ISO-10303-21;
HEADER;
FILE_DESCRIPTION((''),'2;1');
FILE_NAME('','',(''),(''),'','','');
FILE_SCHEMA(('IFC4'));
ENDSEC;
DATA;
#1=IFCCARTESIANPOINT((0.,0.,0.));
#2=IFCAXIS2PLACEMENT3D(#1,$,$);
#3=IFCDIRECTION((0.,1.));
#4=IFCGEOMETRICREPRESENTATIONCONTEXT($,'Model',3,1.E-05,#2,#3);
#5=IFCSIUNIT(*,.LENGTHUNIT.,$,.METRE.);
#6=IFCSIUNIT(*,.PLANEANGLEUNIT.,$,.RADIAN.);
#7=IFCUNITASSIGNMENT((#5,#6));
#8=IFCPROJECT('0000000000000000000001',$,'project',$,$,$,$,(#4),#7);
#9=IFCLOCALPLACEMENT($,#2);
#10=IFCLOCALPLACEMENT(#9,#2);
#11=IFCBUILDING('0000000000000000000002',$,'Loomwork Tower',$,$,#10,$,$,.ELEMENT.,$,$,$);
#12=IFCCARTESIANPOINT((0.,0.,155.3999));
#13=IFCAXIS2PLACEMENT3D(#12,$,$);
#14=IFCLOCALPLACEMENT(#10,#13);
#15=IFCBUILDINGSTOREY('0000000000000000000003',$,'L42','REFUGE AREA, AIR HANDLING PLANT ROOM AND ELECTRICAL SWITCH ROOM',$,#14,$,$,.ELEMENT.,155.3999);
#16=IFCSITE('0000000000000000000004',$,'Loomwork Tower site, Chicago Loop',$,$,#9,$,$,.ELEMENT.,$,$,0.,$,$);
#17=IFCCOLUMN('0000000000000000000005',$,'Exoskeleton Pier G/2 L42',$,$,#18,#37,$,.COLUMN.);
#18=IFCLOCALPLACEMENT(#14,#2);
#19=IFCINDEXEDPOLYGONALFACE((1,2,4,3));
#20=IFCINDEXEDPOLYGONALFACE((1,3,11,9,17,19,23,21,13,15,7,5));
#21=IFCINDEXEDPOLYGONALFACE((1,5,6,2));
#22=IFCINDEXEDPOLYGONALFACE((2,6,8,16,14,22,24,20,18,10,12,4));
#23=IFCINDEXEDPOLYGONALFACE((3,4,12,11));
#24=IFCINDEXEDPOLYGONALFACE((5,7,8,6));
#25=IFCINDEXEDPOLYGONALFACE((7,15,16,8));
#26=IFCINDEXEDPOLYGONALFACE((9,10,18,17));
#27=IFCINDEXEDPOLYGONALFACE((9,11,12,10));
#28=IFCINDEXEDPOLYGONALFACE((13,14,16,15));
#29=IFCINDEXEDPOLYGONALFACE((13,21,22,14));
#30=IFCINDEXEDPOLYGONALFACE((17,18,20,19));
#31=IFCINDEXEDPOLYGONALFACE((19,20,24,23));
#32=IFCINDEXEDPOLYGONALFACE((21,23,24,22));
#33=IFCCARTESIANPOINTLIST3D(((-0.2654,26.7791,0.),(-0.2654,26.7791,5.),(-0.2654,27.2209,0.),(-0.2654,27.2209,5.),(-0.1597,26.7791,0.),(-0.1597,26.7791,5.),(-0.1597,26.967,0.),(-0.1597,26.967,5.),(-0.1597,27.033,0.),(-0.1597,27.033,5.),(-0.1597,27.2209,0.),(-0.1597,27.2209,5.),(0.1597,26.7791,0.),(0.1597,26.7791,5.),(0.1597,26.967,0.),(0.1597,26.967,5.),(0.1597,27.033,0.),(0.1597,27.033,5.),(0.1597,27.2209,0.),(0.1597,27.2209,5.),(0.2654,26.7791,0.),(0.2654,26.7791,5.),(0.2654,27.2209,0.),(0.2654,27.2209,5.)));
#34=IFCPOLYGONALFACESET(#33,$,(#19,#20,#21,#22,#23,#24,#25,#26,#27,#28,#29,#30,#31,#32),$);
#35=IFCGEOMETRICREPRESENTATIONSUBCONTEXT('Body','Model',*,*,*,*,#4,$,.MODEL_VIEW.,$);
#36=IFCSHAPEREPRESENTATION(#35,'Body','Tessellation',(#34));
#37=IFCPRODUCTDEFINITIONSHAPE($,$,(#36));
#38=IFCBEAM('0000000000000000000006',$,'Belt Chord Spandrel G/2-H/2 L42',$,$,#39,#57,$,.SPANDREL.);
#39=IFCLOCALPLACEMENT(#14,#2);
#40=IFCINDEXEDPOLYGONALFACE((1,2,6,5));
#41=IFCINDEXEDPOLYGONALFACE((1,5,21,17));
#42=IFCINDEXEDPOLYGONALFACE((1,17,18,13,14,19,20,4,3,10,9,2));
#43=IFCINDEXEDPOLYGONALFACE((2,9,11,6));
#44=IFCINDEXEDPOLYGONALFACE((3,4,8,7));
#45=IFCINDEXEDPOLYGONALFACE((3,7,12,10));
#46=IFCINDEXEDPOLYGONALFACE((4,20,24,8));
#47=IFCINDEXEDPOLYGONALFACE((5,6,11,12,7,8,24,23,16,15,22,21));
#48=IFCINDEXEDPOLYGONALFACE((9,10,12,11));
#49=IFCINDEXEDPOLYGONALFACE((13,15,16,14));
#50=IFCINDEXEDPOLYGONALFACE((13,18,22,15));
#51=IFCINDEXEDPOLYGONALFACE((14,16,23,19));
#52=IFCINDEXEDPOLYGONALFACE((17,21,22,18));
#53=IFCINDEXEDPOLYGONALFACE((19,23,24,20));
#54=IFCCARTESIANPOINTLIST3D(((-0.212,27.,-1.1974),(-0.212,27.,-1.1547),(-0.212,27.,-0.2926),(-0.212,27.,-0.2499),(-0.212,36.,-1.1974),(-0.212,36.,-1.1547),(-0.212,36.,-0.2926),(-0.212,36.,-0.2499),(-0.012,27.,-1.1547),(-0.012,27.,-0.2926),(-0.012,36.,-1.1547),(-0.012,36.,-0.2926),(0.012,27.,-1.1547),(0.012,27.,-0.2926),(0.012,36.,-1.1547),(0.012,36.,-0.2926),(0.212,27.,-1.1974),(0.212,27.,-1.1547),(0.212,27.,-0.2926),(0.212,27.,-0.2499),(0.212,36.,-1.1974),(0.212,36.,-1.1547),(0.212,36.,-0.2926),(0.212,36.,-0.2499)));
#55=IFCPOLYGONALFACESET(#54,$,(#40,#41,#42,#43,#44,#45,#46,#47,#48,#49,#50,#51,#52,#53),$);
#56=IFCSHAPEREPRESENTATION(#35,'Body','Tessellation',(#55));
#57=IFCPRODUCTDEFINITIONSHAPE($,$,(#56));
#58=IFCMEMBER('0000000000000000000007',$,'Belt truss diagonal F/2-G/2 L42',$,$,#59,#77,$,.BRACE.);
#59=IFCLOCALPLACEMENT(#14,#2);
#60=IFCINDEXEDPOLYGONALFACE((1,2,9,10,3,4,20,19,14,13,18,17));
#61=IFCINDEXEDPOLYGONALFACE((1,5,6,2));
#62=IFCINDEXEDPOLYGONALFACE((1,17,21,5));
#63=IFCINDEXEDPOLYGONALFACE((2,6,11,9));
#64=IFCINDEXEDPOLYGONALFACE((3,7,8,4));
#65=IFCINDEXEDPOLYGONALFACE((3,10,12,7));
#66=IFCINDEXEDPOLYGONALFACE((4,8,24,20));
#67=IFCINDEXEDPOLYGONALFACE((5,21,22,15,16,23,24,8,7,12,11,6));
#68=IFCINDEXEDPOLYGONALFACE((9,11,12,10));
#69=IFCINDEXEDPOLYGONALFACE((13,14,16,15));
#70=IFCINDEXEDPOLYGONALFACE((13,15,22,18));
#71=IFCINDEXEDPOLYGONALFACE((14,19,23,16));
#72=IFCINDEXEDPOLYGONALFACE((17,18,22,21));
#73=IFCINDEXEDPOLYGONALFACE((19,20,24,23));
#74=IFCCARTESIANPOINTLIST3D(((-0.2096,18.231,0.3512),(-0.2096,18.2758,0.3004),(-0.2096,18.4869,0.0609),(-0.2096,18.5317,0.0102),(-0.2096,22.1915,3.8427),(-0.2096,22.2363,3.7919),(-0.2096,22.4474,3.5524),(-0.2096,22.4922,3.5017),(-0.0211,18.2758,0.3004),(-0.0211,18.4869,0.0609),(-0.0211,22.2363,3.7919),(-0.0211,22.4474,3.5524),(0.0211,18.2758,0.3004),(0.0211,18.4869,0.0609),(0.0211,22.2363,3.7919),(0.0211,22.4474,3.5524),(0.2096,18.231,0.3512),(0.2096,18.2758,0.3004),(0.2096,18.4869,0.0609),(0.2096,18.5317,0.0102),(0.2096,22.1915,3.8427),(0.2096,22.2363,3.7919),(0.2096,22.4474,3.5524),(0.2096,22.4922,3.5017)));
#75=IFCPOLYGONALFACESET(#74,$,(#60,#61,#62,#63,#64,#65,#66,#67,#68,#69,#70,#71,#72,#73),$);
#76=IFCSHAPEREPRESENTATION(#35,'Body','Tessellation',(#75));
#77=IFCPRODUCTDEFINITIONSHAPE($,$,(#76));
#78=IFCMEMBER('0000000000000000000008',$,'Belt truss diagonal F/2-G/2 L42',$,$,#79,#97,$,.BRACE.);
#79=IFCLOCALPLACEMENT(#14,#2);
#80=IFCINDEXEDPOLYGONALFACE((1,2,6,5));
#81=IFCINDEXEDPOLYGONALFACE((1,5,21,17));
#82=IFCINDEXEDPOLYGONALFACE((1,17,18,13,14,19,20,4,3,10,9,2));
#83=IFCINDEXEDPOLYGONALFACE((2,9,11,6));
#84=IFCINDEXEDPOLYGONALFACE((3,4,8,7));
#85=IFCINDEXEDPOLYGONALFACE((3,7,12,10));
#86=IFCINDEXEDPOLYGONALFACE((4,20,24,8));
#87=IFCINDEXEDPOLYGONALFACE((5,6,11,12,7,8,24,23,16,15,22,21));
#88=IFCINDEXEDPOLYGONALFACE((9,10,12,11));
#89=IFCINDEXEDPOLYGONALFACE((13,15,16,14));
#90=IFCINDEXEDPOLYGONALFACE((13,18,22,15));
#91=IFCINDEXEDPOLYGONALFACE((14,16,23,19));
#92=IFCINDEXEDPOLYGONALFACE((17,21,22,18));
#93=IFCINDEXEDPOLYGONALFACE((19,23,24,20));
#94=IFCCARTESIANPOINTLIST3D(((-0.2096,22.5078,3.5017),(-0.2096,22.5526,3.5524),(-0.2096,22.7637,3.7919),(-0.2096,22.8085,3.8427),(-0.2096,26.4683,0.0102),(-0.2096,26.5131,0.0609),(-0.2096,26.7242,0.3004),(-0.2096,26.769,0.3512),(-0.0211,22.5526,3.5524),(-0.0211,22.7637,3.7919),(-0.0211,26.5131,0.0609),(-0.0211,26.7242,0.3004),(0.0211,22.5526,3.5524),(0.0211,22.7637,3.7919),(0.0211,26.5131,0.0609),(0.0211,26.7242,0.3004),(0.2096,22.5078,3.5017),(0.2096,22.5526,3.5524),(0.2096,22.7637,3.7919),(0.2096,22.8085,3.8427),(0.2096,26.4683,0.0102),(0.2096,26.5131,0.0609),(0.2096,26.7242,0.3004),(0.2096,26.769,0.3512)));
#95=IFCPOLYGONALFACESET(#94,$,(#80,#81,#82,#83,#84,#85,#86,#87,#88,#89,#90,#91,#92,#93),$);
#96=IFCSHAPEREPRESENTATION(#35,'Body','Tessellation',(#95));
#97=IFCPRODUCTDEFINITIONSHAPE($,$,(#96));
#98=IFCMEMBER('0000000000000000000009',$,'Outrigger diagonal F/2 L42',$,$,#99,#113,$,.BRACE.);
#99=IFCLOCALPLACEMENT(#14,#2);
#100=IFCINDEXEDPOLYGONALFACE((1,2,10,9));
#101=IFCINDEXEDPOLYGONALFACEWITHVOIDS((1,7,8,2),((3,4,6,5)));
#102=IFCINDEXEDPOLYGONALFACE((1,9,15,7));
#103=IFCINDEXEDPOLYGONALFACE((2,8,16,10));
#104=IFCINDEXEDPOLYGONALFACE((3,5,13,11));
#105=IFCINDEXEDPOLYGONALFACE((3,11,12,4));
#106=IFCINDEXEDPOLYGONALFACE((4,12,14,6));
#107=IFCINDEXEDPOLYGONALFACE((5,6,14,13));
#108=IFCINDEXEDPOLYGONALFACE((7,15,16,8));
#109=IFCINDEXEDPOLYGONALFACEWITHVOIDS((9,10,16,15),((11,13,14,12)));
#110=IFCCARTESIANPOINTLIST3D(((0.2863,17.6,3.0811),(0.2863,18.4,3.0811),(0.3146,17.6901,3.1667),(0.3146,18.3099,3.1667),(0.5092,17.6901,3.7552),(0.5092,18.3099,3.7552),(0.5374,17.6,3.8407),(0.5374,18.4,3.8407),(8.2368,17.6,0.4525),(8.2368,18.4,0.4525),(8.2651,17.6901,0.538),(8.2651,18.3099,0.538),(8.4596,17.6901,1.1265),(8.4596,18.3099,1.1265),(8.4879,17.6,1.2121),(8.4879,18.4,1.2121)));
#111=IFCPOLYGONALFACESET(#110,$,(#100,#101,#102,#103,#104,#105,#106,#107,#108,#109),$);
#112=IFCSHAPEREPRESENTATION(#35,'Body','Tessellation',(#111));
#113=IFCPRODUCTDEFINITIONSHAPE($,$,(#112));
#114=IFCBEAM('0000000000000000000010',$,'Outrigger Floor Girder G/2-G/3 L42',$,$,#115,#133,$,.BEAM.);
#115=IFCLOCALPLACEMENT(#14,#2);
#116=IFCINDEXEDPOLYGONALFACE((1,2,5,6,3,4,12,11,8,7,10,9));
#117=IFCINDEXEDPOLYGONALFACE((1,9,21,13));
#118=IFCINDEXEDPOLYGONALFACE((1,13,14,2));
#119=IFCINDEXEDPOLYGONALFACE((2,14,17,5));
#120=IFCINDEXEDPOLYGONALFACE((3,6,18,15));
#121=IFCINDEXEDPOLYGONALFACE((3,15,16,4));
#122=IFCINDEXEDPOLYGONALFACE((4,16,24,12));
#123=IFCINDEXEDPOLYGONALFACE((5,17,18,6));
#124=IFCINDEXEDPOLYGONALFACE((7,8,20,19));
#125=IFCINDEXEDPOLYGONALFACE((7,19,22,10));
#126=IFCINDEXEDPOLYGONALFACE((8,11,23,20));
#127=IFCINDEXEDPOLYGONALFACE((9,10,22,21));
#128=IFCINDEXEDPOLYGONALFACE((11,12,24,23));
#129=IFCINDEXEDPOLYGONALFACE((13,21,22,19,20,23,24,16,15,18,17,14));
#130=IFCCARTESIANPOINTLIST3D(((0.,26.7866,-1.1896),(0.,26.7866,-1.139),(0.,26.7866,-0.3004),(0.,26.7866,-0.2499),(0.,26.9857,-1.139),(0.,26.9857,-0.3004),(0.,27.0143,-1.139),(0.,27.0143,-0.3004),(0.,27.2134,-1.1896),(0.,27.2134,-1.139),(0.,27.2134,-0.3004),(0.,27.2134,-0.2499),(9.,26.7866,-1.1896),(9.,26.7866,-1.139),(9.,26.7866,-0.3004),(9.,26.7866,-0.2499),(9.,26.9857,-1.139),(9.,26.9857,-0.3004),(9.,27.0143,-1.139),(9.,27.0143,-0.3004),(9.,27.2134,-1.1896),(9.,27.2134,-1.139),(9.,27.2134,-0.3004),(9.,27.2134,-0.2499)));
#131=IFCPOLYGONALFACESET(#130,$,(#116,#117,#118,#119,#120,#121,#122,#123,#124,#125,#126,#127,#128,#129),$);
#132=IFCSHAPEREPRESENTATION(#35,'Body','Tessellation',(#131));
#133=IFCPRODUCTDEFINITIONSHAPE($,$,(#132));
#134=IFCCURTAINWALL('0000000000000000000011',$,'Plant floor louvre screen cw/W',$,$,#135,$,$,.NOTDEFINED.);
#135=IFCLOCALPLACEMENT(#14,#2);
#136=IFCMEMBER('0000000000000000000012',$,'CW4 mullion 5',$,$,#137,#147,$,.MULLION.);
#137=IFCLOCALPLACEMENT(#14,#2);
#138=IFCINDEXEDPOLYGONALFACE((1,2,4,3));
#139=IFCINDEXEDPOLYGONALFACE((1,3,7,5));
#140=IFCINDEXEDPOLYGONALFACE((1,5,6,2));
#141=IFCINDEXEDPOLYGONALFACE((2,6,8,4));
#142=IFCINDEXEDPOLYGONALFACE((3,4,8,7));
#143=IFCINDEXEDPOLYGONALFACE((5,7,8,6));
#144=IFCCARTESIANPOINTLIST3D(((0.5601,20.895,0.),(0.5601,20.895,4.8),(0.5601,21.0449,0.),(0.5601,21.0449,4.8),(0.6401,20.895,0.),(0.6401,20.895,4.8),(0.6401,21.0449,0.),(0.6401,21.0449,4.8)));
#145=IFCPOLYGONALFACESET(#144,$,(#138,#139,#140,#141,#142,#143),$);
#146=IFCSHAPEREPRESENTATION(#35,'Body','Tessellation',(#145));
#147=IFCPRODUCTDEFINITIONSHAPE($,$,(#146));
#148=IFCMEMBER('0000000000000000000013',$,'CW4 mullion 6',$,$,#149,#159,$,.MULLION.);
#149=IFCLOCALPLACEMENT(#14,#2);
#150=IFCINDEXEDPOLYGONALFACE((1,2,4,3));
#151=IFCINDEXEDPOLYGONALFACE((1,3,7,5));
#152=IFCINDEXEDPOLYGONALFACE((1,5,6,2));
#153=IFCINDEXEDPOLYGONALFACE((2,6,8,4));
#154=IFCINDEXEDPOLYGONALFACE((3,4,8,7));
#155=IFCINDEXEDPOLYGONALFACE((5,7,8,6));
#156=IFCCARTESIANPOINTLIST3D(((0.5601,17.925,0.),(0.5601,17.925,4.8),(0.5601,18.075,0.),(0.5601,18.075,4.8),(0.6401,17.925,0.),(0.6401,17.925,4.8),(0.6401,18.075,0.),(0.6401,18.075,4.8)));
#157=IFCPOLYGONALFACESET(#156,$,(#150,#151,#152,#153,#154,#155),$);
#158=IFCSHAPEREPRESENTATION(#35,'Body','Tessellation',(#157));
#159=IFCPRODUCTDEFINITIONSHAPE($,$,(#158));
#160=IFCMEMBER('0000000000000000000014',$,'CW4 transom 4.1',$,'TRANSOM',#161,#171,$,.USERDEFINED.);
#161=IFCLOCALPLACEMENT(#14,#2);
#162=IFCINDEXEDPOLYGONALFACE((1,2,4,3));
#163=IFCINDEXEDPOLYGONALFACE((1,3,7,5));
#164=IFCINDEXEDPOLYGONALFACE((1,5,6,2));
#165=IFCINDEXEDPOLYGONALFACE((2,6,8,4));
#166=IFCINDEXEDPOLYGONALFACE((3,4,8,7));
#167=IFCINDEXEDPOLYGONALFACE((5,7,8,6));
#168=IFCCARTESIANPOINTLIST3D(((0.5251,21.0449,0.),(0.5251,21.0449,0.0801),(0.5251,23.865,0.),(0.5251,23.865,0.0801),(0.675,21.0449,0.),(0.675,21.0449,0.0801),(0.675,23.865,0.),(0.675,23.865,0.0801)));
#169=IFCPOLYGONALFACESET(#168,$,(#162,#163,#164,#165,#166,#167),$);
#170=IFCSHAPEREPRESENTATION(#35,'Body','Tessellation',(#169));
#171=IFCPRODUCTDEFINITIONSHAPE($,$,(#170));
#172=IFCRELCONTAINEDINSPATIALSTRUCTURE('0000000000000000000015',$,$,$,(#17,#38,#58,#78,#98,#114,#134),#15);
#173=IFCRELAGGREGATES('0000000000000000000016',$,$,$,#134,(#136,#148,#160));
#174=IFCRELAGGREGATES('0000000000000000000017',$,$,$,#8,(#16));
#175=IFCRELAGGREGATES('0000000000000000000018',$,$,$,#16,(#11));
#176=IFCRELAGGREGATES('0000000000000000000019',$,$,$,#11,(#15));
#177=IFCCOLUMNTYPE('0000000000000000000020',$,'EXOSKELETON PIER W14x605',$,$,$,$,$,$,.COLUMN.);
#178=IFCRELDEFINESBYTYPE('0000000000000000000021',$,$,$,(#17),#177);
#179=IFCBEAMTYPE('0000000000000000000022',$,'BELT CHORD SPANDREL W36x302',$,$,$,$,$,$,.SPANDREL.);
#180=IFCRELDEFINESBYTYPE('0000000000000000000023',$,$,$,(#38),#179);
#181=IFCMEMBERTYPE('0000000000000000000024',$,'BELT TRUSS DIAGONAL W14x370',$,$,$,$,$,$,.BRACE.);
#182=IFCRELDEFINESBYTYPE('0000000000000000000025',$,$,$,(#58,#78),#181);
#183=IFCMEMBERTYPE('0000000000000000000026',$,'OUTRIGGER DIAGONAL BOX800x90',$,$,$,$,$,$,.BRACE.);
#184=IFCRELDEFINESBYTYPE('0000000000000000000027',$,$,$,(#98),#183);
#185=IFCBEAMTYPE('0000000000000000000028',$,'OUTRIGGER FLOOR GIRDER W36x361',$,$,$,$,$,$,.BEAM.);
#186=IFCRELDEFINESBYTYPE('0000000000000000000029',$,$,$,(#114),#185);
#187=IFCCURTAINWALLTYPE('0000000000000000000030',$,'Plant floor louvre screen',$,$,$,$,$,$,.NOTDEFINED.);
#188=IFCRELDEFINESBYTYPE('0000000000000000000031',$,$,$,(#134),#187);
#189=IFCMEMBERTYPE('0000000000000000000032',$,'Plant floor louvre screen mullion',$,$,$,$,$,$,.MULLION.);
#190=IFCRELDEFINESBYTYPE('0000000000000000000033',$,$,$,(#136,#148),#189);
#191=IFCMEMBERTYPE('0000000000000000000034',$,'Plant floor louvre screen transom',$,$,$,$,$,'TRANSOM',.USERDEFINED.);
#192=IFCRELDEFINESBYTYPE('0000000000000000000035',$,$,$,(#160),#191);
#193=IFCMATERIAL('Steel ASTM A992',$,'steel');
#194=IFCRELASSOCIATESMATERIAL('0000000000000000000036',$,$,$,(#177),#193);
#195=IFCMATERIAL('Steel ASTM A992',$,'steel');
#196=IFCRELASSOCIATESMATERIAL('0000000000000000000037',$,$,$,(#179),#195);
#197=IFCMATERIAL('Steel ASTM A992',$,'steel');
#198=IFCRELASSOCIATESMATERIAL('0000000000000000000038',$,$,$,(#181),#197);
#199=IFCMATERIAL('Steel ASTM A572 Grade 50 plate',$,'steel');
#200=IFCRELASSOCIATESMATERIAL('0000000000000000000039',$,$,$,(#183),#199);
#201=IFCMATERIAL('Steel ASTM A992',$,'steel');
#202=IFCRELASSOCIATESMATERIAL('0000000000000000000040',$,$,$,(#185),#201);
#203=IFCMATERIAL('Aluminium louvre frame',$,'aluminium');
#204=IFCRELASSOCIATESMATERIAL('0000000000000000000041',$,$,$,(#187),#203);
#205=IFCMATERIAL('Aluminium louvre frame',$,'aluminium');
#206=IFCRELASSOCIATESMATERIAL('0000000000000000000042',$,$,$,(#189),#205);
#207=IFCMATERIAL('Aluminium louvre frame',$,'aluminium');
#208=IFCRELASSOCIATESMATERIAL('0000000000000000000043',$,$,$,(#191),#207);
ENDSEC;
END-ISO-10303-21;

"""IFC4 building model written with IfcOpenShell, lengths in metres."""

from ifc_helpers import new_model, si_unit, direction, frame, origin, origin_2d, place, context, subcontext, project, spatial, rectangle, hollow_rectangle, i_section, extrude, material, material_profile, profile_set, type_object, element, aggregate, save


model = new_model("IFC4")

# Units and contexts
model_context = context("Model", 3, precision=1e-05, world=origin(), true_north=direction((0.0, 1.0)))
body_context = subcontext(model_context, "Body", "Model", "MODEL_VIEW")
ifc_project = project(units=[si_unit("LENGTHUNIT", "METRE"), si_unit("PLANEANGLEUNIT", "RADIAN")], contexts=[model_context])

# Site, building, storey
site_placement = place(None, origin())
site = spatial("IfcSite", under=ifc_project, at=site_placement, Name="Loomwork Tower site, Chicago Loop", CompositionType="ELEMENT", RefElevation=0.0)
building_placement = place(site_placement, origin())
building = spatial("IfcBuilding", under=site, at=building_placement, Name="Loomwork Tower", CompositionType="ELEMENT")
storey_placement = place(building_placement, frame((0.0, 0.0, 155.3999)))
storey = spatial("IfcBuildingStorey", under=building, at=storey_placement, Name="L42", Description="REFUGE AREA, AIR HANDLING PLANT ROOM AND ELECTRICAL SWITCH ROOM", CompositionType="ELEMENT", Elevation=155.3999)

# Column
ifc_material_1 = material(Name="Steel ASTM A992", Category="steel")
ifc_material_profile_1 = material_profile(ifc_material_1, i_section(OverallWidth=0.4419, OverallDepth=0.5308, WebThickness=0.0659, FlangeThickness=0.1057, at=origin_2d()), Name="W14x605")
ifc_profile_set_1 = profile_set([ifc_material_profile_1], Name="Steel ASTM A992")
column_type = type_object("IfcColumnType", Name="EXOSKELETON PIER W14x605", PredefinedType="COLUMN", material=ifc_profile_set_1)
column_placement = place(storey_placement, frame((0.0, 27.0, 0.0), z_axis=(0.0, 0.0, 1.0), x_axis=(0.0, 1.0, 0.0)))
element("IfcColumn", 1, at=column_placement, inside=storey, type_object=column_type, Name="Exoskeleton Pier G/2 L42", PredefinedType="COLUMN", context=body_context, shape_type="SweptSolid", body=[
    extrude(i_section(OverallWidth=0.4419, OverallDepth=0.5308, WebThickness=0.0659, FlangeThickness=0.1057, at=origin_2d()), origin(), (0.0, 0.0, 1.0), 5.0),
])

# Beam
ifc_material_2 = material(Name="Steel ASTM A992", Category="steel")
ifc_material_profile_2 = material_profile(ifc_material_2, i_section(OverallWidth=0.4241, OverallDepth=0.9475, WebThickness=0.0239, FlangeThickness=0.0427, at=origin_2d()), Name="W36x302")
ifc_profile_set_2 = profile_set([ifc_material_profile_2], Name="Steel ASTM A992")
beam_type_1 = type_object("IfcBeamType", Name="BELT CHORD SPANDREL W36x302", PredefinedType="SPANDREL", material=ifc_profile_set_2)
beam_1_placement = place(storey_placement, frame((0.0, 27.0, -0.7236), z_axis=(0.0, 1.0, 0.0), x_axis=(-1.0, 0.0, 0.0)))
element("IfcBeam", 2, at=beam_1_placement, inside=storey, type_object=beam_type_1, Name="Belt Chord Spandrel G/2-H/2 L42", PredefinedType="SPANDREL", context=body_context, shape_type="SweptSolid", body=[
    extrude(i_section(OverallWidth=0.4241, OverallDepth=0.9475, WebThickness=0.0239, FlangeThickness=0.0427, at=origin_2d()), origin(), (0.0, 0.0, 1.0), 9.0),
])

# Members
ifc_material_3 = material(Name="Steel ASTM A992", Category="steel")
ifc_material_profile_3 = material_profile(ifc_material_3, i_section(OverallWidth=0.4192, OverallDepth=0.4546, WebThickness=0.0422, FlangeThickness=0.0676, at=origin_2d()), Name="W14x370")
ifc_profile_set_3 = profile_set([ifc_material_profile_3], Name="Steel ASTM A992")
member_type_1 = type_object("IfcMemberType", Name="BELT TRUSS DIAGONAL W14x370", PredefinedType="BRACE", material=ifc_profile_set_3)
for number, where, z_axis, x_axis, name in (
    (3, (0.0, 18.3813, 0.1807), (0.0, 0.750125, 0.661296), (-1.0, 0.0, 0.0), "Belt truss diagonal F/2-G/2 L42"),
    (4, (0.0, 26.6187, 0.1807), (0.0, -0.750125, 0.661296), (1.0, 0.0, 0.0), "Belt truss diagonal F/2-G/2 L42"),
):
    element("IfcMember", number, at=place(storey_placement, frame(where, z_axis=z_axis, x_axis=x_axis)), inside=storey, type_object=member_type_1, Name=name, PredefinedType="BRACE", context=body_context, shape_type="SweptSolid", body=[
        extrude(i_section(OverallWidth=0.4192, OverallDepth=0.4546, WebThickness=0.0422, FlangeThickness=0.0676, at=origin_2d()), origin(), (0.0, 0.0, 1.0), 5.2798),
    ])
ifc_material_4 = material(Name="Steel ASTM A572 Grade 50 plate", Category="steel")
ifc_material_profile_4 = material_profile(ifc_material_4, hollow_rectangle(XDim=0.8, YDim=0.8, WallThickness=0.0901, at=origin_2d()), Name="BOX800x90")
ifc_profile_set_4 = profile_set([ifc_material_profile_4], Name="Steel ASTM A572 Grade 50 plate")
member_type_2 = type_object("IfcMemberType", Name="OUTRIGGER DIAGONAL BOX800x90", PredefinedType="BRACE", material=ifc_profile_set_4)
member_1_placement = place(storey_placement, frame((0.4119, 18.0, 3.4609), z_axis=(0.94945, 0.0, -0.313918), x_axis=(0.0, 1.0, 0.0)))
element("IfcMember", 5, at=member_1_placement, inside=storey, type_object=member_type_2, Name="Outrigger diagonal F/2 L42", PredefinedType="BRACE", context=body_context, shape_type="SweptSolid", body=[
    extrude(hollow_rectangle(XDim=0.8, YDim=0.8, WallThickness=0.0901, at=origin_2d()), origin(), (0.0, 0.0, 1.0), 8.3738),
])

# Beam
ifc_material_5 = material(Name="Steel ASTM A992", Category="steel")
ifc_material_profile_5 = material_profile(ifc_material_5, i_section(OverallWidth=0.4268, OverallDepth=0.9397, WebThickness=0.0286, FlangeThickness=0.0505, at=origin_2d()), Name="W36x361")
ifc_profile_set_5 = profile_set([ifc_material_profile_5], Name="Steel ASTM A992")
beam_type_2 = type_object("IfcBeamType", Name="OUTRIGGER FLOOR GIRDER W36x361", PredefinedType="BEAM", material=ifc_profile_set_5)
beam_2_placement = place(storey_placement, frame((0.0, 27.0, -0.7197), z_axis=(1.0, 0.0, 0.0), x_axis=(0.0, 1.0, 0.0)))
element("IfcBeam", 6, at=beam_2_placement, inside=storey, type_object=beam_type_2, Name="Outrigger Floor Girder G/2-G/3 L42", PredefinedType="BEAM", context=body_context, shape_type="SweptSolid", body=[
    extrude(i_section(OverallWidth=0.4268, OverallDepth=0.9397, WebThickness=0.0286, FlangeThickness=0.0505, at=origin_2d()), origin(), (0.0, 0.0, 1.0), 9.0),
])

# Curtain wall, members
ifc_material_6 = material(Name="Aluminium louvre frame", Category="aluminium")
curtain_wall_type = type_object("IfcCurtainWallType", Name="Plant floor louvre screen", PredefinedType="NOTDEFINED", material=ifc_material_6)
curtain_wall_placement = place(storey_placement, origin())
curtain_wall = element("IfcCurtainWall", 7, at=curtain_wall_placement, inside=storey, type_object=curtain_wall_type, Name="Plant floor louvre screen cw/W", PredefinedType="NOTDEFINED")
ifc_material_7 = material(Name="Aluminium louvre frame", Category="aluminium")
ifc_material_profile_6 = material_profile(ifc_material_7, rectangle(XDim=0.0801, YDim=0.1499, at=origin_2d()), Name="AL 80x150")
ifc_profile_set_6 = profile_set([ifc_material_profile_6], Name="Aluminium louvre frame")
member_type_3 = type_object("IfcMemberType", Name="Plant floor louvre screen mullion", PredefinedType="MULLION", material=ifc_profile_set_6)
member_2_placement = place(storey_placement, frame((0.6001, 20.97, 0.0), z_axis=(0.0, 0.0, 1.0), x_axis=(1.0, 0.0, 0.0)))
member_2 = element("IfcMember", 8, at=member_2_placement, type_object=member_type_3, Name="CW4 mullion 5", PredefinedType="MULLION", context=body_context, shape_type="SweptSolid", body=[
    extrude(rectangle(XDim=0.0801, YDim=0.1499, at=origin_2d()), origin(), (0.0, 0.0, 1.0), 4.8),
])
member_3_placement = place(storey_placement, frame((0.6001, 18.0, 0.0), z_axis=(0.0, 0.0, 1.0), x_axis=(1.0, 0.0, 0.0)))
member_3 = element("IfcMember", 9, at=member_3_placement, type_object=member_type_3, Name="CW4 mullion 6", PredefinedType="MULLION", context=body_context, shape_type="SweptSolid", body=[
    extrude(rectangle(XDim=0.0801, YDim=0.1499, at=origin_2d()), origin(), (0.0, 0.0, 1.0), 4.8),
])
ifc_material_8 = material(Name="Aluminium louvre frame", Category="aluminium")
ifc_material_profile_7 = material_profile(ifc_material_8, rectangle(XDim=0.1499, YDim=0.0801, at=origin_2d()), Name="AL 80x150")
ifc_profile_set_7 = profile_set([ifc_material_profile_7], Name="Aluminium louvre frame")
member_type_4 = type_object("IfcMemberType", Name="Plant floor louvre screen transom", ElementType="TRANSOM", PredefinedType="USERDEFINED", material=ifc_profile_set_7)
member_4_placement = place(storey_placement, frame((0.6001, 23.865, 0.04), z_axis=(0.0, -1.0, 0.0), x_axis=(1.0, 0.0, 0.0)))
member_4 = element("IfcMember", 10, at=member_4_placement, type_object=member_type_4, Name="CW4 transom 4.1", ObjectType="TRANSOM", PredefinedType="USERDEFINED", context=body_context, shape_type="SweptSolid", body=[
    extrude(rectangle(XDim=0.1499, YDim=0.0801, at=origin_2d()), origin(), (0.0, 0.0, 1.0), 2.8201),
])
aggregate(curtain_wall, [member_2, member_3, member_4])

save(model, "model.ifc")
